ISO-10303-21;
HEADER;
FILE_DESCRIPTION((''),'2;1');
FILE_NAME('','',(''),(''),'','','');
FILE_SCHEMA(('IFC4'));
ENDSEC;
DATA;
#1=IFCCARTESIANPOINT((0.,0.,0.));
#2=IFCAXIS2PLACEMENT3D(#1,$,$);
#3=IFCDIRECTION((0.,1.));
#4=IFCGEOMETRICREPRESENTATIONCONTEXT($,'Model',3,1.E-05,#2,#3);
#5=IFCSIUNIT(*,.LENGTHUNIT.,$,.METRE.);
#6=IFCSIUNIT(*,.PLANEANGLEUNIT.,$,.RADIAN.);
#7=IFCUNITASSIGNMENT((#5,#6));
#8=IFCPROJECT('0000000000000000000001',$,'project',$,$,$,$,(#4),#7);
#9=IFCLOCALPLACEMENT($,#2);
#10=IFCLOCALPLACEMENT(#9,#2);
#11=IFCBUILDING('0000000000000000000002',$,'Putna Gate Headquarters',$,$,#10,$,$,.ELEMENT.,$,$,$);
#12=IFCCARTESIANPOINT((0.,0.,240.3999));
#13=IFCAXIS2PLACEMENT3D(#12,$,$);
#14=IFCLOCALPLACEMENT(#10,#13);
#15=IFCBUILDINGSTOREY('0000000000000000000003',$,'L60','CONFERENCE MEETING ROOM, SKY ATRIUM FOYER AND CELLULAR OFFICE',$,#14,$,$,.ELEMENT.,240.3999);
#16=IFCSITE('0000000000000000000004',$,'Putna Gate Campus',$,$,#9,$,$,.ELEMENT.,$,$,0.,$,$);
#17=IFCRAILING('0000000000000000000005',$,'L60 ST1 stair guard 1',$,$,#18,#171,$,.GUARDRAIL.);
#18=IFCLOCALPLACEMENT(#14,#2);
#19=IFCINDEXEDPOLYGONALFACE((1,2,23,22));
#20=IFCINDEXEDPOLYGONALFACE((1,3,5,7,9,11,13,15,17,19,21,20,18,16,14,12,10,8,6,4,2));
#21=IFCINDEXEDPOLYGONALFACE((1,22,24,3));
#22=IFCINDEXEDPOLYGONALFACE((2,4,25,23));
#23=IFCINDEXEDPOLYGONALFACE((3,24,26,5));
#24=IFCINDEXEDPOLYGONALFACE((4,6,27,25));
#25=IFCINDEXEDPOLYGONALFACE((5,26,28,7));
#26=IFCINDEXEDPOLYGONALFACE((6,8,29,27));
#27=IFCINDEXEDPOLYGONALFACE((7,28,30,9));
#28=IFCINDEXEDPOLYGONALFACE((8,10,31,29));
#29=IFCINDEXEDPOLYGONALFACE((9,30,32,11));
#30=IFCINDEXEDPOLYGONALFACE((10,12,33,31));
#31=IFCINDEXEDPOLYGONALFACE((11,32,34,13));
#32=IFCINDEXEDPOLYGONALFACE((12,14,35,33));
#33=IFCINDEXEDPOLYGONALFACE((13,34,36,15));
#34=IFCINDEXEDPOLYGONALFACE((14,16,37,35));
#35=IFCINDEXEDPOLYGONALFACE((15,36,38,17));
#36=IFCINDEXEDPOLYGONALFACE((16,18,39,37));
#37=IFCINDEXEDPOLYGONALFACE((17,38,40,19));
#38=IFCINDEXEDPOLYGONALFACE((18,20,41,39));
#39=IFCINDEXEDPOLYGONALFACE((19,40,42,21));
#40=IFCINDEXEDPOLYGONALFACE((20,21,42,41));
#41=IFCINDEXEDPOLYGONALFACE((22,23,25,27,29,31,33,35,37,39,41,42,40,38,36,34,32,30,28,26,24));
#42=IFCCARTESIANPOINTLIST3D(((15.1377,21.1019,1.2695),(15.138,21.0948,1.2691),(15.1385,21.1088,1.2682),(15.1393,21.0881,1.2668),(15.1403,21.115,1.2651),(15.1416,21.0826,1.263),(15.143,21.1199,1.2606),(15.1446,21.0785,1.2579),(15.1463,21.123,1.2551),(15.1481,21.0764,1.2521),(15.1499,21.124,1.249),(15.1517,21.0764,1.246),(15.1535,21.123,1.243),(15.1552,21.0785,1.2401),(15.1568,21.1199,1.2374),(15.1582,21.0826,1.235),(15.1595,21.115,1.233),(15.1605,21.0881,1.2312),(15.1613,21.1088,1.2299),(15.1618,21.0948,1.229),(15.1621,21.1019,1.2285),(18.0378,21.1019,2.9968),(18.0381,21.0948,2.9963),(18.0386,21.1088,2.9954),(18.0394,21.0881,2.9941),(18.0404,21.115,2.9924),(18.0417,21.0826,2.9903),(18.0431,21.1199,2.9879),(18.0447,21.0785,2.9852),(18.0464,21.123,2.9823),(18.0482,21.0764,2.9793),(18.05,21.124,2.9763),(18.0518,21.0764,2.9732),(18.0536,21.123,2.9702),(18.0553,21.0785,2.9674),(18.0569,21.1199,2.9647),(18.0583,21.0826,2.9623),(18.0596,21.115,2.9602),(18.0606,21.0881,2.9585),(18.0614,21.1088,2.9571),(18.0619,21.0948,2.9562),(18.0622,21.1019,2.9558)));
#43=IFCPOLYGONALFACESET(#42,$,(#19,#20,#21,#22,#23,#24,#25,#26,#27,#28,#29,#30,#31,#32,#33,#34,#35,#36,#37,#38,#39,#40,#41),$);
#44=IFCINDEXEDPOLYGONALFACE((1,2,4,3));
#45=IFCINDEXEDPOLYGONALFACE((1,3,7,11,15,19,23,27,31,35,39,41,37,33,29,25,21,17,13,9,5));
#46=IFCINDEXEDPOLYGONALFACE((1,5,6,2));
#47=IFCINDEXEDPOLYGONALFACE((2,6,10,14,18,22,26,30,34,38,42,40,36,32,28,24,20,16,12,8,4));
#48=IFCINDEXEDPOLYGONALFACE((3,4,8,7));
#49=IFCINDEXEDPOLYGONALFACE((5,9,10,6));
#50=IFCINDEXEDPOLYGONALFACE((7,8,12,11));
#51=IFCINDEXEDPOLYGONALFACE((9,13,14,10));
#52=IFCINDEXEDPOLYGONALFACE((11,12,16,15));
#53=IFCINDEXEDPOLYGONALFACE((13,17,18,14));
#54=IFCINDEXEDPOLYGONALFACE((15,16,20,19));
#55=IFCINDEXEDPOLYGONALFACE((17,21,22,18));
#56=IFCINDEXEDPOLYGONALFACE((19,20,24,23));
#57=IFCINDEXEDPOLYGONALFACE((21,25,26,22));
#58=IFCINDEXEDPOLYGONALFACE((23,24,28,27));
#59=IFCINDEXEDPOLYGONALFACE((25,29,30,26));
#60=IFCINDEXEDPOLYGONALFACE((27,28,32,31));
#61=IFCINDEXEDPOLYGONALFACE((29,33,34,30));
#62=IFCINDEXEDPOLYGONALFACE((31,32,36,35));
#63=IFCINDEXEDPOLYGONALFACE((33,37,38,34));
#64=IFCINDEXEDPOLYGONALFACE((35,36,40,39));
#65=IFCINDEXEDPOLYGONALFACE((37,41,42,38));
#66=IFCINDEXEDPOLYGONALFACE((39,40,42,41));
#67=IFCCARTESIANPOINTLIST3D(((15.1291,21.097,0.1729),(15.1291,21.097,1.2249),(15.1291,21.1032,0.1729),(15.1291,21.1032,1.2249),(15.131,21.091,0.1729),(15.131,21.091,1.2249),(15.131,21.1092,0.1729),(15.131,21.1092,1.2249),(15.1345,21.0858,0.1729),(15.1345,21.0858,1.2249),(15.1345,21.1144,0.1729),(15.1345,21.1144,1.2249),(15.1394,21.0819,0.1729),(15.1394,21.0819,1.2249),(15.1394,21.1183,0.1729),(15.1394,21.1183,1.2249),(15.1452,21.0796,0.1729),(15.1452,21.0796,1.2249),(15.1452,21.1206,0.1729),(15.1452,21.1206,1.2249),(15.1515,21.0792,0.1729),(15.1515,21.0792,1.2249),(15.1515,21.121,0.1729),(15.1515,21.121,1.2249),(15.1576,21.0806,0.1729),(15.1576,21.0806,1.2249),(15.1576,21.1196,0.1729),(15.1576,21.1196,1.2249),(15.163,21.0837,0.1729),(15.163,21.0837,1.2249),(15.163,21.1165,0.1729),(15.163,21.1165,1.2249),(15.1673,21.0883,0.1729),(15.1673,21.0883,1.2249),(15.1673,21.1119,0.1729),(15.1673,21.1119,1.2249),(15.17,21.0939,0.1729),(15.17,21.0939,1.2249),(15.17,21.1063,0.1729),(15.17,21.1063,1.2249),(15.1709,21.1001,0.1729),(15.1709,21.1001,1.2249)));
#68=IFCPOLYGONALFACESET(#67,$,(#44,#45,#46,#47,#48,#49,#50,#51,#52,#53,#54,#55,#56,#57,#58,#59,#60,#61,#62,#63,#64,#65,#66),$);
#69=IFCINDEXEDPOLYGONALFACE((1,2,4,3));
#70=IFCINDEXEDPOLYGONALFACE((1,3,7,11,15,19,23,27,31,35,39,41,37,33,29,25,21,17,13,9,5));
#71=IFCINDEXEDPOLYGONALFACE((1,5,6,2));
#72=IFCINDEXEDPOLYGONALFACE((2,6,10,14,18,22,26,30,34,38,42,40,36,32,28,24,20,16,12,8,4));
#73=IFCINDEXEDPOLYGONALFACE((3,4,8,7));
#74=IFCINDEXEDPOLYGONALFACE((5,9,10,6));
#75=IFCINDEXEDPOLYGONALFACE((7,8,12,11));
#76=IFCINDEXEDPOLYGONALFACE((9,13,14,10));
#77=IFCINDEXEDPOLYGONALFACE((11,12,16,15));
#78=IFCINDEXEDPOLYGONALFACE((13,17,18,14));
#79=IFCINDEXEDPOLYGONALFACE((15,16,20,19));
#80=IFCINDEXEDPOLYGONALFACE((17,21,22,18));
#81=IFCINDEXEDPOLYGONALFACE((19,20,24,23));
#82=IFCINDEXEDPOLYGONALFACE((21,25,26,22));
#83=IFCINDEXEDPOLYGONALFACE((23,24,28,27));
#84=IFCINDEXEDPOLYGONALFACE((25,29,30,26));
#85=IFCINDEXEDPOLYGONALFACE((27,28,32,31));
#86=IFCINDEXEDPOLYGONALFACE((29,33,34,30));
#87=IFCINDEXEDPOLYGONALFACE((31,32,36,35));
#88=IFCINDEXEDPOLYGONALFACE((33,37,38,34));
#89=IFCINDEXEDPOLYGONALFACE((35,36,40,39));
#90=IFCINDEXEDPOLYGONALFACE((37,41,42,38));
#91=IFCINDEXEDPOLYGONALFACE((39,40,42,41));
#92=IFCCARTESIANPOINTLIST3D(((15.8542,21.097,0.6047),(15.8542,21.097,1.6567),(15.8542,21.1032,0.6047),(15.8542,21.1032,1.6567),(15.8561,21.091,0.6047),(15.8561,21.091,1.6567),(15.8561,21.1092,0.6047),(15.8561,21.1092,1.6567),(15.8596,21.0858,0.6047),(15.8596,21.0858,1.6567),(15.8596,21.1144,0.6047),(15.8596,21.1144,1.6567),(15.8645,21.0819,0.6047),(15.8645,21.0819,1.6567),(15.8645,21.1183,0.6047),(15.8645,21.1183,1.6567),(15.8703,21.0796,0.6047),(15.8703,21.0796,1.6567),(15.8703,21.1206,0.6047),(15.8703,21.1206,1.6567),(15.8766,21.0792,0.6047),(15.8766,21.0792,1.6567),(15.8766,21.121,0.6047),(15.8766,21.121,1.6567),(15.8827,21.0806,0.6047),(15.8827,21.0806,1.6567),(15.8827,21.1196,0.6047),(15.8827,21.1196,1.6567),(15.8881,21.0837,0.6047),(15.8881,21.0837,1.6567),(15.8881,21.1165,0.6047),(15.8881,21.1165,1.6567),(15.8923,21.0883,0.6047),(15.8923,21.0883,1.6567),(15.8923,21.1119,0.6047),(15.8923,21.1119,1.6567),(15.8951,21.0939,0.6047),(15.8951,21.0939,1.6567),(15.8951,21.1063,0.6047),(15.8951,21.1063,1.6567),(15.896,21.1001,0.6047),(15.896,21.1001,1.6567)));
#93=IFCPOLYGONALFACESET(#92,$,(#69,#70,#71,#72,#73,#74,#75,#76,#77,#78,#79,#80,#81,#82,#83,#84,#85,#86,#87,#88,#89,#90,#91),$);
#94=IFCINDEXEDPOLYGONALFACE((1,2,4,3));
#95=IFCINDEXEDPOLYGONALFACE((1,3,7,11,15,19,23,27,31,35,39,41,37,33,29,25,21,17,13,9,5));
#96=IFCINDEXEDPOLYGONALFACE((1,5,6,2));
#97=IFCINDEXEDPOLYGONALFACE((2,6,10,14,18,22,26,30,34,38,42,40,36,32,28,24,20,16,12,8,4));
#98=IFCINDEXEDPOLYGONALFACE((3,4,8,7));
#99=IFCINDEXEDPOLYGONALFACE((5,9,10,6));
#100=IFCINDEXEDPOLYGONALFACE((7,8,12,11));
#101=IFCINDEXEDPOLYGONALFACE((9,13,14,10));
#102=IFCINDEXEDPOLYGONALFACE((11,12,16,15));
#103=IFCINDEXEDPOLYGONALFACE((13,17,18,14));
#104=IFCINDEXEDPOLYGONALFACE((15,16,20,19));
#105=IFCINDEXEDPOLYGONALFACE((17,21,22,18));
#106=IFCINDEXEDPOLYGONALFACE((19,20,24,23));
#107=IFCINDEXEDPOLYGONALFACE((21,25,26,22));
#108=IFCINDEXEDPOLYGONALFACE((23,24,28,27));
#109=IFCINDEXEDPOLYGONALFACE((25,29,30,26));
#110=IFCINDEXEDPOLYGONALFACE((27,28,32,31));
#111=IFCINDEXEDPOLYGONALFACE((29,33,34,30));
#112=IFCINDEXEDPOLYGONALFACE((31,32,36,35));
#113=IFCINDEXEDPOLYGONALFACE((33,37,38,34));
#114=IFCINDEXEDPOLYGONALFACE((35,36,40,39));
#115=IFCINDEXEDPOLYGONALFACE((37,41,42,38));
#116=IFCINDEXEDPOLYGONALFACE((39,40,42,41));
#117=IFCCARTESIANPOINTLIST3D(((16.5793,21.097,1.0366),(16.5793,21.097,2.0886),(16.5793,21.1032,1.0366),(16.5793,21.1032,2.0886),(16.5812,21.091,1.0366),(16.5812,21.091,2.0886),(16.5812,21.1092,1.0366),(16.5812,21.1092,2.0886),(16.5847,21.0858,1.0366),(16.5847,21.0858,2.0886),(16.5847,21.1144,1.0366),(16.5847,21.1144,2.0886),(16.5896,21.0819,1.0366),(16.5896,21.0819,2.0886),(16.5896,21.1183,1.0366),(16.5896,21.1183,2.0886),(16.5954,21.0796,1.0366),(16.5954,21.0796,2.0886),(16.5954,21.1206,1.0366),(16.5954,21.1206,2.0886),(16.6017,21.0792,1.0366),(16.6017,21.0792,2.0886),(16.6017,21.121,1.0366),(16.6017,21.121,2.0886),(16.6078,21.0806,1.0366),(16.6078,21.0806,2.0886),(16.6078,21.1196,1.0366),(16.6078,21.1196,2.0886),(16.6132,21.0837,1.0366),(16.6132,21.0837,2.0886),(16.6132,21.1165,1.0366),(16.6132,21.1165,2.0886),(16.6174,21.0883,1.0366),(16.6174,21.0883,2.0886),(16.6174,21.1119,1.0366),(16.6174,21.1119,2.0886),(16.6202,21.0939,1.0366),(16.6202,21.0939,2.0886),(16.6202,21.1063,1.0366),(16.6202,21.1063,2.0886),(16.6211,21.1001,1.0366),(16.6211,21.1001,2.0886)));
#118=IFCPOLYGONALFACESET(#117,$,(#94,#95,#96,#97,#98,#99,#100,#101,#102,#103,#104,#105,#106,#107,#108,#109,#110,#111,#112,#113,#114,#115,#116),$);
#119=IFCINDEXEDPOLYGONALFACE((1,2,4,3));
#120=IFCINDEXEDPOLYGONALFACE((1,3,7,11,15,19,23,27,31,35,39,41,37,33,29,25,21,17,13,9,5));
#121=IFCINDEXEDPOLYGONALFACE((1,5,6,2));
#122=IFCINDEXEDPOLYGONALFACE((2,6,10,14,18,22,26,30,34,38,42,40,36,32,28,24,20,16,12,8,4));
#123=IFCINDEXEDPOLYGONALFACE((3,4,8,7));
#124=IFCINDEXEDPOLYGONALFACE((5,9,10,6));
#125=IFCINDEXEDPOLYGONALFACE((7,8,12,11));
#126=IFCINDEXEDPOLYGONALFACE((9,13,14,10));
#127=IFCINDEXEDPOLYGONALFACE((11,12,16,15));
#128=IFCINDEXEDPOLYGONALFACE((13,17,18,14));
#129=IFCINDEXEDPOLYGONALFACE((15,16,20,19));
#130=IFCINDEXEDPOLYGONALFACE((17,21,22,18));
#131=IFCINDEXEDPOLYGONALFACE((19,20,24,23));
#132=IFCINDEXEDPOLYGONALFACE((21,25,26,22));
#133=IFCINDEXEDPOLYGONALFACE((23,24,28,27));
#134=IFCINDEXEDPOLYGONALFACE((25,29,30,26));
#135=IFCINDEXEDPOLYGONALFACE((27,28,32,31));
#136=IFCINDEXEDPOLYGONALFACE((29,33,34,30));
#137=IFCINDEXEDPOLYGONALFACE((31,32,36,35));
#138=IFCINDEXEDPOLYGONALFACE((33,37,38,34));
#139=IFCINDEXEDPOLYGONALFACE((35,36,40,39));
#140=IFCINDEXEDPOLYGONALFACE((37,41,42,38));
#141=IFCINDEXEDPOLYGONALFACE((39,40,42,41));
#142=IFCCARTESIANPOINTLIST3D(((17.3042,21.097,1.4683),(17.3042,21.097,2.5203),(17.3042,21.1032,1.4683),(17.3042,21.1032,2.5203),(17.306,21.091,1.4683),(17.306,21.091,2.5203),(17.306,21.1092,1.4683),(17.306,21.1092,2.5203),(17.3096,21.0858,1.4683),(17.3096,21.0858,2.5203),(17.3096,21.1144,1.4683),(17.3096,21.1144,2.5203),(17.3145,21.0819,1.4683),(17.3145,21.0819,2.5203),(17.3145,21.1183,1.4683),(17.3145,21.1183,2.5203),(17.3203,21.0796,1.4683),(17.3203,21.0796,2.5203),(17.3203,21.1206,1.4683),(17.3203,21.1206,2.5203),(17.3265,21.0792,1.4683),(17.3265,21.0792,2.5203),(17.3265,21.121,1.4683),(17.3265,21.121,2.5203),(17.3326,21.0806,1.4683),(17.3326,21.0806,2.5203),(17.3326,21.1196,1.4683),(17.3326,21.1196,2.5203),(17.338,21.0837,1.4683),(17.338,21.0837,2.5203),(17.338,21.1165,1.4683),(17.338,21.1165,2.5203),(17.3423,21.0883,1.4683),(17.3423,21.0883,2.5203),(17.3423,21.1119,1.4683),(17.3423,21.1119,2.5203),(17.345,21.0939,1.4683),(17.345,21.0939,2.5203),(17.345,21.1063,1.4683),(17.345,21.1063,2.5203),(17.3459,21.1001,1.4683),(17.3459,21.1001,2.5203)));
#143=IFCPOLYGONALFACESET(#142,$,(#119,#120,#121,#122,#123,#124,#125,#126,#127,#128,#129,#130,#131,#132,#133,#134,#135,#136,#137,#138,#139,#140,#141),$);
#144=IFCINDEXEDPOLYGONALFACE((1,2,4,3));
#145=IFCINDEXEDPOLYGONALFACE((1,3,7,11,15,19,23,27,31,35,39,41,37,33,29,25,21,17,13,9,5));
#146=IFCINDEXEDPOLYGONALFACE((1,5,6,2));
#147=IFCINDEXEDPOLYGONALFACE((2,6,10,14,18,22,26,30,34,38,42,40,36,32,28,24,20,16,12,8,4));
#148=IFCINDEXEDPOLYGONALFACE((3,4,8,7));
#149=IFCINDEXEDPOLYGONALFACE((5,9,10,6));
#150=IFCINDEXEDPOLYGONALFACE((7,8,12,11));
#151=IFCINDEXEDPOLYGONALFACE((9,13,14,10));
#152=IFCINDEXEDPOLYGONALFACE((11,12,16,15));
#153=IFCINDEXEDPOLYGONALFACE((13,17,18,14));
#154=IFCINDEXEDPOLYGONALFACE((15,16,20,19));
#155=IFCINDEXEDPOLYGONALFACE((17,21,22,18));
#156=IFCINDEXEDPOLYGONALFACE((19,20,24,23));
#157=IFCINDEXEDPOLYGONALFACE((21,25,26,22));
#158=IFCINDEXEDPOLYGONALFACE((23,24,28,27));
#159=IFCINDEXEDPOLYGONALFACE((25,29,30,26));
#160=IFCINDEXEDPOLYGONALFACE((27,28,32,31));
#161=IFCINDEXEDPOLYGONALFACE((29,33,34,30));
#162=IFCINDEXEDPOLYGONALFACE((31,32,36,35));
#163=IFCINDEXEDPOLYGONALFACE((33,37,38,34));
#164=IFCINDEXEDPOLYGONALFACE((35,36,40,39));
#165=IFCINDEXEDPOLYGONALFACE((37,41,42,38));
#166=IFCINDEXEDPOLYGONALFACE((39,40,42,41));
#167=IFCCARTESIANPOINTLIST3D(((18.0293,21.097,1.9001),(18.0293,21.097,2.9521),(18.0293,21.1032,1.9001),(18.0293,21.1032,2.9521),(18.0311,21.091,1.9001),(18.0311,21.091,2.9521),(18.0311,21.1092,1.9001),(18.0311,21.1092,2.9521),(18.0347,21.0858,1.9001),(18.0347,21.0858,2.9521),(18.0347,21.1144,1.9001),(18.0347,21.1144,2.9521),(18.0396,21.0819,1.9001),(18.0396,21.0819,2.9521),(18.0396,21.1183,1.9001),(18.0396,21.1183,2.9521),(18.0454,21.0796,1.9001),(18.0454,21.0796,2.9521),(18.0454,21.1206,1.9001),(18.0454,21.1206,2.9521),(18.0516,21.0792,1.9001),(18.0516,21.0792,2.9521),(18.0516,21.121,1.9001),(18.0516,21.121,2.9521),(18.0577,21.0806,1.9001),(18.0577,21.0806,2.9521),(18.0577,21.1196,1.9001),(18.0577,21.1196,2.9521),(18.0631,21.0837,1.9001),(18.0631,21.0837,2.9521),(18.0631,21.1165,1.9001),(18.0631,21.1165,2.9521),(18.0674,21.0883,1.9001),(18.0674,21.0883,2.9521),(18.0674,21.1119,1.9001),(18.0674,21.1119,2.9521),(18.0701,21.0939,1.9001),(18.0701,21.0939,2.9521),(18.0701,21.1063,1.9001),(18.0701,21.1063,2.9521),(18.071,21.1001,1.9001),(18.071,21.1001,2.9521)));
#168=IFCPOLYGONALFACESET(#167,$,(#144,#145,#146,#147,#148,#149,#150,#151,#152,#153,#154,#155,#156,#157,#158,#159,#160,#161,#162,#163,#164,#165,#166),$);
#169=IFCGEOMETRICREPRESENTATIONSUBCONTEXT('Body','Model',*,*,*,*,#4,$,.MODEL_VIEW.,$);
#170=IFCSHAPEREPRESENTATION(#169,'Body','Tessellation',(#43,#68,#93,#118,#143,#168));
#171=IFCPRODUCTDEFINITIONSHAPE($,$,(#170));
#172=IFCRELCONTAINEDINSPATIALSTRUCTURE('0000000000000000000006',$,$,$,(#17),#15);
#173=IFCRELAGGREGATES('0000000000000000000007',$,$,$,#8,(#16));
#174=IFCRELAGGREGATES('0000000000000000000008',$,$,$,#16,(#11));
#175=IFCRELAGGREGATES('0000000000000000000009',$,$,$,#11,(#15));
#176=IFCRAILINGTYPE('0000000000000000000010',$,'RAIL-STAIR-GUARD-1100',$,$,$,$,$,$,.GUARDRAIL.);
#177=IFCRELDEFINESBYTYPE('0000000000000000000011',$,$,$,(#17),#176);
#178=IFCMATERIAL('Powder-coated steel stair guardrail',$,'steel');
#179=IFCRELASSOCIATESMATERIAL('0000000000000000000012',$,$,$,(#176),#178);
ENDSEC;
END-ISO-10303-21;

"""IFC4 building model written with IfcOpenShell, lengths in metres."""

from ifc_helpers import new_model, si_unit, direction, frame, origin, origin_2d, place, context, subcontext, project, spatial, circle, extrude, material, type_object, element, save


model = new_model("IFC4")

# Units and contexts
model_context = context("Model", 3, precision=1e-05, world=origin(), true_north=direction((0.0, 1.0)))
body_context = subcontext(model_context, "Body", "Model", "MODEL_VIEW")
ifc_project = project(units=[si_unit("LENGTHUNIT", "METRE"), si_unit("PLANEANGLEUNIT", "RADIAN")], contexts=[model_context])

# Site, building, storey
site_placement = place(None, origin())
site = spatial("IfcSite", under=ifc_project, at=site_placement, Name="Putna Gate Campus", CompositionType="ELEMENT", RefElevation=0.0)
building_placement = place(site_placement, origin())
building = spatial("IfcBuilding", under=site, at=building_placement, Name="Putna Gate Headquarters", CompositionType="ELEMENT")
storey_placement = place(building_placement, frame((0.0, 0.0, 240.3999)))
storey = spatial("IfcBuildingStorey", under=building, at=storey_placement, Name="L60", Description="CONFERENCE MEETING ROOM, SKY ATRIUM FOYER AND CELLULAR OFFICE", CompositionType="ELEMENT", Elevation=240.3999)

# Railing
ifc_material_1 = material(Name="Powder-coated steel stair guardrail", Category="steel")
railing_type_1 = type_object("IfcRailingType", Name="RAIL-STAIR-GUARD-1100", PredefinedType="GUARDRAIL", material=ifc_material_1)
railing_1_placement = place(storey_placement, frame((15.1499, 21.1001, 0.1729)))
element("IfcRailing", 1, at=railing_1_placement, inside=storey, type_object=railing_type_1, Name="L60 ST1 stair guard 1", PredefinedType="GUARDRAIL", context=body_context, shape_type="SweptSolid", body=[
    extrude(circle(Radius=0.0239, at=origin_2d()), frame((0.0, 0.0, 1.0762), z_axis=(0.85916, 0.0, 0.511706), x_axis=(0.0, 1.0, 0.0)), (0.0, 0.0, 1.0), 3.3755),
    extrude(circle(Radius=0.021, at=origin_2d()), origin(), (0.0, 0.0, 1.0), 1.052),
    extrude(circle(Radius=0.021, at=origin_2d()), frame((0.7251, 0.0, 0.4319)), (0.0, 0.0, 1.0), 1.052),
    extrude(circle(Radius=0.021, at=origin_2d()), frame((1.4502, 0.0, 0.8638)), (0.0, 0.0, 1.0), 1.052),
    extrude(circle(Radius=0.021, at=origin_2d()), frame((2.175, 0.0, 1.2954)), (0.0, 0.0, 1.0), 1.052),
    extrude(circle(Radius=0.021, at=origin_2d()), frame((2.9001, 0.0, 1.7273)), (0.0, 0.0, 1.0), 1.052),
])

save(model, "model.ifc")
